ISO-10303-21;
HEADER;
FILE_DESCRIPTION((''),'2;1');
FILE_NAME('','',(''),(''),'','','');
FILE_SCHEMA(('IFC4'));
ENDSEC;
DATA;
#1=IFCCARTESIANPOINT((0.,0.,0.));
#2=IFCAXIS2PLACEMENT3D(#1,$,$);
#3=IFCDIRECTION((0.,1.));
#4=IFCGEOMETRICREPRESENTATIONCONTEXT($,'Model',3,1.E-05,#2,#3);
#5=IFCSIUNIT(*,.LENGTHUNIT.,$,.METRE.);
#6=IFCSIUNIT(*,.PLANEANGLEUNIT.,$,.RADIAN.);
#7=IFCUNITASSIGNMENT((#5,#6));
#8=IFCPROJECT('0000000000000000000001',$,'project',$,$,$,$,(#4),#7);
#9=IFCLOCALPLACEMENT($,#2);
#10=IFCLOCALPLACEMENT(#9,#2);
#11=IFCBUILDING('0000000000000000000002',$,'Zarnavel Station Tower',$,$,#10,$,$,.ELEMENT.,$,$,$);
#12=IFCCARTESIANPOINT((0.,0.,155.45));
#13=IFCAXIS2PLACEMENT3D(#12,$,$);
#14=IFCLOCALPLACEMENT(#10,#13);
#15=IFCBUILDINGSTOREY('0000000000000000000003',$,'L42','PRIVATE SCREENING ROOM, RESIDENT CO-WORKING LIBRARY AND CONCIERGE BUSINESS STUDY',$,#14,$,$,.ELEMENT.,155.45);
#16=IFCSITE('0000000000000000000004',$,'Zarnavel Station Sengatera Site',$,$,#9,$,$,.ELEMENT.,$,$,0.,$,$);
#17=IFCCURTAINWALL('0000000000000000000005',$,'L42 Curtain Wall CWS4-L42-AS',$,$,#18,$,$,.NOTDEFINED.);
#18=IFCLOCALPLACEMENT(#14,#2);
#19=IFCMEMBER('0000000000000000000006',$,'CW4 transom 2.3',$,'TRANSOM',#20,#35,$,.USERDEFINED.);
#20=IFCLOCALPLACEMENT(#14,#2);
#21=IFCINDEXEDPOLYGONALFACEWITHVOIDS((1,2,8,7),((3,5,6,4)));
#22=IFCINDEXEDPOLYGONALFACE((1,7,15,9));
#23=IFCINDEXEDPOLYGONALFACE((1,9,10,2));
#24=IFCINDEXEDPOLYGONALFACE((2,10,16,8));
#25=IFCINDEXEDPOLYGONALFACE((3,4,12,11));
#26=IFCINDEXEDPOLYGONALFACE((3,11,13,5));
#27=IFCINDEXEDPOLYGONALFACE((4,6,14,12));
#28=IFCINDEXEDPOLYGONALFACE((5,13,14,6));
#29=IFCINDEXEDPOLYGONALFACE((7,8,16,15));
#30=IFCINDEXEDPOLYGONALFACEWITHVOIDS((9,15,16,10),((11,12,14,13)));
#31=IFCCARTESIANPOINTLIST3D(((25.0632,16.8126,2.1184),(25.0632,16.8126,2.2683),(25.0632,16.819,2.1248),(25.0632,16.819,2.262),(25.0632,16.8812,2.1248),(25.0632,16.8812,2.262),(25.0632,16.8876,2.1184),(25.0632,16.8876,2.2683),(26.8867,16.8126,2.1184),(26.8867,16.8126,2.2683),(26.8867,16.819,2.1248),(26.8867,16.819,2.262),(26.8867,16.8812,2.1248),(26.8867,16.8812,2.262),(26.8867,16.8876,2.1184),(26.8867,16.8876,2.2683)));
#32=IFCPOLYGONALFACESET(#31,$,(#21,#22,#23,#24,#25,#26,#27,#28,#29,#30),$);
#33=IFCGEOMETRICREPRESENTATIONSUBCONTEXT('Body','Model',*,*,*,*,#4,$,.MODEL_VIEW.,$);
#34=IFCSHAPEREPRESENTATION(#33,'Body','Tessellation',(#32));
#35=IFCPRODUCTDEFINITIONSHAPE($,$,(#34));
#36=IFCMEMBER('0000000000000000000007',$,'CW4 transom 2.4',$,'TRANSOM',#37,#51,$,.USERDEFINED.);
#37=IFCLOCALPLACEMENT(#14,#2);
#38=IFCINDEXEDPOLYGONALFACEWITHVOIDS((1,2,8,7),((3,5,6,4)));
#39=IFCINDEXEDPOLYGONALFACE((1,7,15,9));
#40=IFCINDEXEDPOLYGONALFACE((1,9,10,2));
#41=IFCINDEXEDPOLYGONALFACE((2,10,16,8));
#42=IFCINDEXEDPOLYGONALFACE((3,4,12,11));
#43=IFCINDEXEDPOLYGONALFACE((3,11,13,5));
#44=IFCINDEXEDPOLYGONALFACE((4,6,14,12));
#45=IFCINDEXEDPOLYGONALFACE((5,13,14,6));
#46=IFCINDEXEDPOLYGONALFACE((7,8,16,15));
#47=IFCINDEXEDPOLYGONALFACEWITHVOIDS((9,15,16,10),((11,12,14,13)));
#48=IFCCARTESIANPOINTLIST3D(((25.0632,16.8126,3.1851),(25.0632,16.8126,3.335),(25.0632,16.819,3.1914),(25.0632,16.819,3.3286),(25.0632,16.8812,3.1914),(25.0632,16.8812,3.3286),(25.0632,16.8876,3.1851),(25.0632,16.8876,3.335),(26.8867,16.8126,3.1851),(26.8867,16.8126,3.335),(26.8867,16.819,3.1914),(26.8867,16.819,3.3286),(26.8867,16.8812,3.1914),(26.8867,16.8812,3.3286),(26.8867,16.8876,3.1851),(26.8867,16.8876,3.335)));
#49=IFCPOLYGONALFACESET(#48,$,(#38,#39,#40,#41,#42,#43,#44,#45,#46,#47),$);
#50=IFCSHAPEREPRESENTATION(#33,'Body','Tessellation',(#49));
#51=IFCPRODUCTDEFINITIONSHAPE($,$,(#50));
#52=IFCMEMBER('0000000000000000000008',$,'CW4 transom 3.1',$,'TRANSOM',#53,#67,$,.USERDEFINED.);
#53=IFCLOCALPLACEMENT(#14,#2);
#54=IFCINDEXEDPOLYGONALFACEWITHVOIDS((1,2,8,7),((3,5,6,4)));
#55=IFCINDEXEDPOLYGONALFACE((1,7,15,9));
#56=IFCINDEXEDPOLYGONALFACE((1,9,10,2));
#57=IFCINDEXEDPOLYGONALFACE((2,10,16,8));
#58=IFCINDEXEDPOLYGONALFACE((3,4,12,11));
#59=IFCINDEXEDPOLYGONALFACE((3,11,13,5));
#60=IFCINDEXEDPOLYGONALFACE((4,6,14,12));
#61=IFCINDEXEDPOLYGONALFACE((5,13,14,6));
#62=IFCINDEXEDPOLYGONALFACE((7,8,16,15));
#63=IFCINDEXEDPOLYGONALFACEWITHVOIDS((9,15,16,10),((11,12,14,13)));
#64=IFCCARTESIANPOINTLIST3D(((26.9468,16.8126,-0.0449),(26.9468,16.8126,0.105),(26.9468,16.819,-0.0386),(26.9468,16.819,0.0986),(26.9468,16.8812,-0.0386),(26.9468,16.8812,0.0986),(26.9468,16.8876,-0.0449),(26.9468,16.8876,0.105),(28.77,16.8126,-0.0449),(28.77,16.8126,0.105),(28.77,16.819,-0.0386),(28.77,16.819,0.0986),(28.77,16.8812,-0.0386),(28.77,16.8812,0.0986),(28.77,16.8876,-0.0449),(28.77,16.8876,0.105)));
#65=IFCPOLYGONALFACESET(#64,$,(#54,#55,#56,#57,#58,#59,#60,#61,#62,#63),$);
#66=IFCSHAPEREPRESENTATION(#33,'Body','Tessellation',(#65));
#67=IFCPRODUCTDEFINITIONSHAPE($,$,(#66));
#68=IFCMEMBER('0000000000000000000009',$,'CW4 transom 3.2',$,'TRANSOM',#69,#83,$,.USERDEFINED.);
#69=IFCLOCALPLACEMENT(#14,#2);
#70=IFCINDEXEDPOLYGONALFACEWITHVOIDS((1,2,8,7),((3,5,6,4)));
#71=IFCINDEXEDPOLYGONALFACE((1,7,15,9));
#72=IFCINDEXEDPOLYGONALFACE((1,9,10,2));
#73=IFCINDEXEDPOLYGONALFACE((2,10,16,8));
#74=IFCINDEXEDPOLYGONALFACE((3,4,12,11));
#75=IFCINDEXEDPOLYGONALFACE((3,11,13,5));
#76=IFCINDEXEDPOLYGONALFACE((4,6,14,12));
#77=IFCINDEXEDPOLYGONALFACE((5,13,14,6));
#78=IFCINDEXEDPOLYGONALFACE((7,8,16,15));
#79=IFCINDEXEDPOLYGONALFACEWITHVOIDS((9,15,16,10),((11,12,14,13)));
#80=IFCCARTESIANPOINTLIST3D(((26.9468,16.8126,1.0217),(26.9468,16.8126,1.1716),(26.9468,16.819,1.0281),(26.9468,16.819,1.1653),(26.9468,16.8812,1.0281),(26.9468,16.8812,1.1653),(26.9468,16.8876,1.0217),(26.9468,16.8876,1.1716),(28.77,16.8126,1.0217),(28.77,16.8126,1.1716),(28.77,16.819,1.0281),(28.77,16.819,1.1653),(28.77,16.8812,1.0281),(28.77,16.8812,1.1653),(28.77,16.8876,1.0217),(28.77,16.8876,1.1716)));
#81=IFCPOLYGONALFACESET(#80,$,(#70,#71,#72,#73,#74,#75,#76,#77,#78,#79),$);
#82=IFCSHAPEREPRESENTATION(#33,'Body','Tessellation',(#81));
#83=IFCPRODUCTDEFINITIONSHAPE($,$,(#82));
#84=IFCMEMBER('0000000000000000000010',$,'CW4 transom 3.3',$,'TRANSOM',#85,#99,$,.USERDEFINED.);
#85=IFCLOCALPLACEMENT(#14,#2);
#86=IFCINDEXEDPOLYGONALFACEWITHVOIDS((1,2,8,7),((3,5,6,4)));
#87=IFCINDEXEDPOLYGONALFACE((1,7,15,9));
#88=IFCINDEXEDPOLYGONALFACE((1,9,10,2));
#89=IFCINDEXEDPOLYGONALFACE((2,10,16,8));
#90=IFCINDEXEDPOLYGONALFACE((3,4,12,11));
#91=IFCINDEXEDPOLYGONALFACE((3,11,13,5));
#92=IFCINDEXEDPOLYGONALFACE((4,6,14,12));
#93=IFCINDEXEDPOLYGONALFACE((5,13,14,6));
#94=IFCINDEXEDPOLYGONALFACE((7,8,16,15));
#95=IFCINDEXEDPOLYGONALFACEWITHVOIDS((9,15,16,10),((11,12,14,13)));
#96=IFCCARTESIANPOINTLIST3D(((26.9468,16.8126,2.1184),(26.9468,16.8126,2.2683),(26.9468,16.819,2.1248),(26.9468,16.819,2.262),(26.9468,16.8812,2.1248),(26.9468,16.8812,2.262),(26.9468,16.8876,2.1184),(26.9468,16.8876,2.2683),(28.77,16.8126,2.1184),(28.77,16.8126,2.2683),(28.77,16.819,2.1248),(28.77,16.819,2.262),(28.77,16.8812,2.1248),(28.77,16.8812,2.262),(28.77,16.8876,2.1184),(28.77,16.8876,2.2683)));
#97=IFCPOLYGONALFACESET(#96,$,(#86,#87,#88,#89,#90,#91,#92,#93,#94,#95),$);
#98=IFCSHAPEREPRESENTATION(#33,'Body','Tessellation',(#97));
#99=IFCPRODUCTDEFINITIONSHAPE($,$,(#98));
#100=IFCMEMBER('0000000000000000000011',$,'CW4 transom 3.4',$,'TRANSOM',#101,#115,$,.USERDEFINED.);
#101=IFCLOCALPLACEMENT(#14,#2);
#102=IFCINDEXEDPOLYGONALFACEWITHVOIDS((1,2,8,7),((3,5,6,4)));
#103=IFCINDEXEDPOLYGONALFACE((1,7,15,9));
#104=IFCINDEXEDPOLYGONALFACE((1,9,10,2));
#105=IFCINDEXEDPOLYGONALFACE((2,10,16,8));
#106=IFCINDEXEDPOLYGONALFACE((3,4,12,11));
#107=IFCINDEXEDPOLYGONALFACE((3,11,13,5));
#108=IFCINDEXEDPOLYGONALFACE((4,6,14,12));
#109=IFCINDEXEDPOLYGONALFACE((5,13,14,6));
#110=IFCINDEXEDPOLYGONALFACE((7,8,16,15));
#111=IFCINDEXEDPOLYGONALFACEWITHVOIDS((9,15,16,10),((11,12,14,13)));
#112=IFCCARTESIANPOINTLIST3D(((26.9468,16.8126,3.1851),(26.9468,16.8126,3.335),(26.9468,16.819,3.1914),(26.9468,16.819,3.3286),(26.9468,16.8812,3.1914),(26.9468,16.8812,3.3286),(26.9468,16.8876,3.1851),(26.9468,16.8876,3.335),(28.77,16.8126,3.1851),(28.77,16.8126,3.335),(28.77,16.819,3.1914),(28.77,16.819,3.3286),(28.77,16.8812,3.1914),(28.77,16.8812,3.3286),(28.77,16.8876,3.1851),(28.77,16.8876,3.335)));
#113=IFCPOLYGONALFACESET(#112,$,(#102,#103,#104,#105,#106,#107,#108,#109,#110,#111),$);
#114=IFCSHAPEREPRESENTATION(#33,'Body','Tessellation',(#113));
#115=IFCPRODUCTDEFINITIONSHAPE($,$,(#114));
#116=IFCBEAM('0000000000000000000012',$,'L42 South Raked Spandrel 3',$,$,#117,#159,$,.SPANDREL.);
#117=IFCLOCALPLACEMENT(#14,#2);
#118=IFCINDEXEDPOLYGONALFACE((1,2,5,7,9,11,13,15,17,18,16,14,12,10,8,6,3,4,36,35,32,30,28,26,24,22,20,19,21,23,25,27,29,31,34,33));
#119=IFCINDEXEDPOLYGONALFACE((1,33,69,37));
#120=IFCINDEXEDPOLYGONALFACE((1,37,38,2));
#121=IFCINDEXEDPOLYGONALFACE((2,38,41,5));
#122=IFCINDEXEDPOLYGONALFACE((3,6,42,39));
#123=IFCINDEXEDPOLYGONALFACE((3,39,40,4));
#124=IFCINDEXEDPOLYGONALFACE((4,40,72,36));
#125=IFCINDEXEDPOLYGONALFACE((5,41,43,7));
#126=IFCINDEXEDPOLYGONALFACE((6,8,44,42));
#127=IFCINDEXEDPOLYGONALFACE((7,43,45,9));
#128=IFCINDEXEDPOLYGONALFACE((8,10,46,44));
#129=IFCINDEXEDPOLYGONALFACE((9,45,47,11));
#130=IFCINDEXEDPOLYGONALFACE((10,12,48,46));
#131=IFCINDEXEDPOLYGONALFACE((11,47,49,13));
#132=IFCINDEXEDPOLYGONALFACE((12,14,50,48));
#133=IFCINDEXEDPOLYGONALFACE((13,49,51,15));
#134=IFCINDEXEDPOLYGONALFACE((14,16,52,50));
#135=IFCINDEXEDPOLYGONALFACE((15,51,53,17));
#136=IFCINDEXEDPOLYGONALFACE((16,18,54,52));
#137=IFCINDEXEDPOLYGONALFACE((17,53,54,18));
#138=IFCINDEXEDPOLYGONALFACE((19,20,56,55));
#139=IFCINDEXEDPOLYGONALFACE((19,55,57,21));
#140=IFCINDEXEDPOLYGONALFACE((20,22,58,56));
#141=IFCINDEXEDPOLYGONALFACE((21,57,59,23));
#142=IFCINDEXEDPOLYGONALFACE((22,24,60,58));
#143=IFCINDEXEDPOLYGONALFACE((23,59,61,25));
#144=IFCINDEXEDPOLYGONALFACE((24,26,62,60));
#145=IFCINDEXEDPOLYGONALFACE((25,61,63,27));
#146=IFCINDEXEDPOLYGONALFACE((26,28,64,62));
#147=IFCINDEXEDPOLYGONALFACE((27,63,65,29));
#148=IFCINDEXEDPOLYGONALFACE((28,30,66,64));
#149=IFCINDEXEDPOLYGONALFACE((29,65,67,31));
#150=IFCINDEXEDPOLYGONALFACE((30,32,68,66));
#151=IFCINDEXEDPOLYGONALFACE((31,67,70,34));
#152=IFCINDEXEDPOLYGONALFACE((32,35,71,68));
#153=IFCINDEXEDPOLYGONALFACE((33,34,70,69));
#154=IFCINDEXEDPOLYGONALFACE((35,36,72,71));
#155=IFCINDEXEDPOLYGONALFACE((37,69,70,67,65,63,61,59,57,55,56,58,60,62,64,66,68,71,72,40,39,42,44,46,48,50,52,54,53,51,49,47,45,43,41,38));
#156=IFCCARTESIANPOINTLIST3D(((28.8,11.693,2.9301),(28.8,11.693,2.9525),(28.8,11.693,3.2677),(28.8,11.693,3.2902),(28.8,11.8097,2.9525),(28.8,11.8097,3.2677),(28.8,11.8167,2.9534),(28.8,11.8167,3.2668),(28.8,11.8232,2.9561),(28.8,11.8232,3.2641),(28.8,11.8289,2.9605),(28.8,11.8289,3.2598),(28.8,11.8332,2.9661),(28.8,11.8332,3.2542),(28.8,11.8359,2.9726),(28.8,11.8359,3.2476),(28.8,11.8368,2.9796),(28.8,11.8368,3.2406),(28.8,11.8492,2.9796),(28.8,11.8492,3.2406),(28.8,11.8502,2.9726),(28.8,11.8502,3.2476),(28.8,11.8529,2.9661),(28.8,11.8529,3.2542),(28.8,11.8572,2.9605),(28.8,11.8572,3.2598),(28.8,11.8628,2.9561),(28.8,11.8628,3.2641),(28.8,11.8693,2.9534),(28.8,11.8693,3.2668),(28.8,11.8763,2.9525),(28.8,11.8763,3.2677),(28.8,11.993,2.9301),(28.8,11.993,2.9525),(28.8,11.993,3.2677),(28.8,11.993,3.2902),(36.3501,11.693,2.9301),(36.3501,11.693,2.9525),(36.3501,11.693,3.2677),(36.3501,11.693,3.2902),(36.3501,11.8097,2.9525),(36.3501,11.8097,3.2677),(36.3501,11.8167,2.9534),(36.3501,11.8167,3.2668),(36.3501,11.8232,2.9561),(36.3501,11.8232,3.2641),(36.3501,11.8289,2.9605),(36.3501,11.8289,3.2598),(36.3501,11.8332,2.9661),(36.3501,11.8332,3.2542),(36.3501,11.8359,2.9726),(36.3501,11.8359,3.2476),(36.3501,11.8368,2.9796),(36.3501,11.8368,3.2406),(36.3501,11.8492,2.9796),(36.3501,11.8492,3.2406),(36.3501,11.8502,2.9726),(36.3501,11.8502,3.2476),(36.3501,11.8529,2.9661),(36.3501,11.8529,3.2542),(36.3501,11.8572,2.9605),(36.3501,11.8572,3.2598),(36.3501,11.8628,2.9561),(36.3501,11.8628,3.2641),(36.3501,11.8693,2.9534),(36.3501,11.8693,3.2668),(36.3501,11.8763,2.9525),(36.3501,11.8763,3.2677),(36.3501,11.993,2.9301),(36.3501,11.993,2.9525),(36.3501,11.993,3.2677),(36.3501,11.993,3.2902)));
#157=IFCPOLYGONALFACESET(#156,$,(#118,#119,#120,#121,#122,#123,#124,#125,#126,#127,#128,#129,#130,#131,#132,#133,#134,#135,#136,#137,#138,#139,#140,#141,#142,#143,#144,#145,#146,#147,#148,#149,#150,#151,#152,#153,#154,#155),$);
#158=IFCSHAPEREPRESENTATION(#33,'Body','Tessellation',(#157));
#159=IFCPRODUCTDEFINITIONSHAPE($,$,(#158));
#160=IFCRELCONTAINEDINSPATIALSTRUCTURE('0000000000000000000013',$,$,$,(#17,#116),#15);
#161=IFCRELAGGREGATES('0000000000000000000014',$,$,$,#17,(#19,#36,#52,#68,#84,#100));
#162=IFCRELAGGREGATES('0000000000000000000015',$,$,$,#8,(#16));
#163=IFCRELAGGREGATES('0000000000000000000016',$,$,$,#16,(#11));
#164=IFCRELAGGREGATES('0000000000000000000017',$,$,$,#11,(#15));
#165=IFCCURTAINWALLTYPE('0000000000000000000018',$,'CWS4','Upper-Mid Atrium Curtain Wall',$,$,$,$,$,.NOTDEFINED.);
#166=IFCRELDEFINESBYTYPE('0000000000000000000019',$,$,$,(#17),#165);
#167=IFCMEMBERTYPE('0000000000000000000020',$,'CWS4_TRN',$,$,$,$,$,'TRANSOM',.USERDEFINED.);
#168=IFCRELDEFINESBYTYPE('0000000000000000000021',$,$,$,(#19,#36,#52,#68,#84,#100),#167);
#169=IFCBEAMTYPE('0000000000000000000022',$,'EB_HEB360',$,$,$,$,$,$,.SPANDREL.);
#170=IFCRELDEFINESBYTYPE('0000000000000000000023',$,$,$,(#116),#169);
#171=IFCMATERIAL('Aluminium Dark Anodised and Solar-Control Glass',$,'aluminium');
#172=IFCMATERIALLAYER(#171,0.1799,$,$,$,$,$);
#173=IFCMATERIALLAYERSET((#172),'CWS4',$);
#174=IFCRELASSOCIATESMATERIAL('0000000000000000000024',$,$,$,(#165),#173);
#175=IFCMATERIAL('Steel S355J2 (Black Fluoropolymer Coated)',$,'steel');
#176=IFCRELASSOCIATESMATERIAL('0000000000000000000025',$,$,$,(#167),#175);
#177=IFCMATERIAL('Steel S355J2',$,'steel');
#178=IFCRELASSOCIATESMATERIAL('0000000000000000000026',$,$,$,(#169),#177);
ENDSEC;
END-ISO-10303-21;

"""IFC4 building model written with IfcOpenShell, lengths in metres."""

from ifc_helpers import new_model, si_unit, direction, frame, origin, origin_2d, place, context, subcontext, project, spatial, hollow_rectangle, i_section, extrude, material, layer, layer_set, material_profile, profile_set, type_object, element, aggregate, save


model = new_model("IFC4")

# Units and contexts
model_context = context("Model", 3, precision=1e-05, world=origin(), true_north=direction((0.0, 1.0)))
body_context = subcontext(model_context, "Body", "Model", "MODEL_VIEW")
ifc_project = project(units=[si_unit("LENGTHUNIT", "METRE"), si_unit("PLANEANGLEUNIT", "RADIAN")], contexts=[model_context])

# Site, building, storey
site_placement = place(None, origin())
site = spatial("IfcSite", under=ifc_project, at=site_placement, Name="Zarnavel Station Sengatera Site", CompositionType="ELEMENT", RefElevation=0.0)
building_placement = place(site_placement, origin())
building = spatial("IfcBuilding", under=site, at=building_placement, Name="Zarnavel Station Tower", CompositionType="ELEMENT")
storey_placement = place(building_placement, frame((0.0, 0.0, 155.45)))
storey = spatial("IfcBuildingStorey", under=building, at=storey_placement, Name="L42", Description="PRIVATE SCREENING ROOM, RESIDENT CO-WORKING LIBRARY AND CONCIERGE BUSINESS STUDY", CompositionType="ELEMENT", Elevation=155.45)

# Curtain wall, members
ifc_material_1 = material(Name="Aluminium Dark Anodised and Solar-Control Glass", Category="aluminium")
ifc_layer_1 = layer(ifc_material_1, 0.1799)
ifc_layer_set_1 = layer_set([ifc_layer_1], Name="CWS4")
curtain_wall_type = type_object("IfcCurtainWallType", Name="CWS4", Description="Upper-Mid Atrium Curtain Wall", PredefinedType="NOTDEFINED", material=ifc_layer_set_1)
curtain_wall_placement = place(storey_placement, origin())
curtain_wall = element("IfcCurtainWall", 1, at=curtain_wall_placement, inside=storey, type_object=curtain_wall_type, Name="L42 Curtain Wall CWS4-L42-AS", PredefinedType="NOTDEFINED")
ifc_material_2 = material(Name="Steel S355J2 (Black Fluoropolymer Coated)", Category="steel")
ifc_material_profile_1 = material_profile(ifc_material_2, hollow_rectangle(XDim=0.075, YDim=0.1499, WallThickness=0.0063, at=origin_2d()), Name="RHS150x75x6.3")
ifc_profile_set_1 = profile_set([ifc_material_profile_1], Name="Steel S355J2 (Black Fluoropolymer Coated)")
member_type_1 = type_object("IfcMemberType", Name="CWS4_TRN", ElementType="TRANSOM", PredefinedType="USERDEFINED", material=ifc_profile_set_1)
member_1_placement = place(storey_placement, frame((25.0632, 16.8501, 2.1934), z_axis=(1.0, 0.0, 0.0), x_axis=(0.0, 1.0, 0.0)))
member_1 = element("IfcMember", 2, at=member_1_placement, type_object=member_type_1, Name="CW4 transom 2.3", ObjectType="TRANSOM", PredefinedType="USERDEFINED", context=body_context, shape_type="SweptSolid", body=[
    extrude(hollow_rectangle(XDim=0.075, YDim=0.1499, WallThickness=0.0063, at=origin_2d()), origin(), (0.0, 0.0, 1.0), 1.8235),
])
member_2_placement = place(storey_placement, frame((25.0632, 16.8501, 3.26), z_axis=(1.0, 0.0, 0.0), x_axis=(0.0, 1.0, 0.0)))
member_2 = element("IfcMember", 3, at=member_2_placement, type_object=member_type_1, Name="CW4 transom 2.4", ObjectType="TRANSOM", PredefinedType="USERDEFINED", context=body_context, shape_type="SweptSolid", body=[
    extrude(hollow_rectangle(XDim=0.075, YDim=0.1499, WallThickness=0.0063, at=origin_2d()), origin(), (0.0, 0.0, 1.0), 1.8235),
])
member_3_placement = place(storey_placement, frame((26.9468, 16.8501, 0.03), z_axis=(1.0, 0.0, 0.0), x_axis=(0.0, 1.0, 0.0)))
member_3 = element("IfcMember", 4, at=member_3_placement, type_object=member_type_1, Name="CW4 transom 3.1", ObjectType="TRANSOM", PredefinedType="USERDEFINED", context=body_context, shape_type="SweptSolid", body=[
    extrude(hollow_rectangle(XDim=0.075, YDim=0.1499, WallThickness=0.0063, at=origin_2d()), origin(), (0.0, 0.0, 1.0), 1.8232),
])
member_4_placement = place(storey_placement, frame((26.9468, 16.8501, 1.0967), z_axis=(1.0, 0.0, 0.0), x_axis=(0.0, 1.0, 0.0)))
member_4 = element("IfcMember", 5, at=member_4_placement, type_object=member_type_1, Name="CW4 transom 3.2", ObjectType="TRANSOM", PredefinedType="USERDEFINED", context=body_context, shape_type="SweptSolid", body=[
    extrude(hollow_rectangle(XDim=0.075, YDim=0.1499, WallThickness=0.0063, at=origin_2d()), origin(), (0.0, 0.0, 1.0), 1.8232),
])
member_5_placement = place(storey_placement, frame((26.9468, 16.8501, 2.1934), z_axis=(1.0, 0.0, 0.0), x_axis=(0.0, 1.0, 0.0)))
member_5 = element("IfcMember", 6, at=member_5_placement, type_object=member_type_1, Name="CW4 transom 3.3", ObjectType="TRANSOM", PredefinedType="USERDEFINED", context=body_context, shape_type="SweptSolid", body=[
    extrude(hollow_rectangle(XDim=0.075, YDim=0.1499, WallThickness=0.0063, at=origin_2d()), origin(), (0.0, 0.0, 1.0), 1.8232),
])
member_6_placement = place(storey_placement, frame((26.9468, 16.8501, 3.26), z_axis=(1.0, 0.0, 0.0), x_axis=(0.0, 1.0, 0.0)))
member_6 = element("IfcMember", 7, at=member_6_placement, type_object=member_type_1, Name="CW4 transom 3.4", ObjectType="TRANSOM", PredefinedType="USERDEFINED", context=body_context, shape_type="SweptSolid", body=[
    extrude(hollow_rectangle(XDim=0.075, YDim=0.1499, WallThickness=0.0063, at=origin_2d()), origin(), (0.0, 0.0, 1.0), 1.8232),
])

# Beam
ifc_material_3 = material(Name="Steel S355J2", Category="steel")
ifc_material_profile_2 = material_profile(ifc_material_3, i_section(OverallWidth=0.3, OverallDepth=0.3601, WebThickness=0.0125, FlangeThickness=0.0225, FilletRadius=0.0271, at=origin_2d()), Name="HEB360")
ifc_profile_set_2 = profile_set([ifc_material_profile_2], Name="Steel S355J2")
beam_type_1 = type_object("IfcBeamType", Name="EB_HEB360", PredefinedType="SPANDREL", material=ifc_profile_set_2)
beam_1_placement = place(storey_placement, frame((28.8, 11.843, 3.1101), z_axis=(1.0, 0.0, 0.0), x_axis=(0.0, 1.0, 0.0)))
element("IfcBeam", 8, at=beam_1_placement, inside=storey, type_object=beam_type_1, Name="L42 South Raked Spandrel 3", PredefinedType="SPANDREL", context=body_context, shape_type="SweptSolid", body=[
    extrude(i_section(OverallWidth=0.3, OverallDepth=0.3601, WebThickness=0.0125, FlangeThickness=0.0225, FilletRadius=0.0271, at=origin_2d()), origin(), (0.0, 0.0, 1.0), 7.55),
])

aggregate(curtain_wall, [member_1, member_2, member_3, member_4, member_5, member_6])

save(model, "model.ifc")
